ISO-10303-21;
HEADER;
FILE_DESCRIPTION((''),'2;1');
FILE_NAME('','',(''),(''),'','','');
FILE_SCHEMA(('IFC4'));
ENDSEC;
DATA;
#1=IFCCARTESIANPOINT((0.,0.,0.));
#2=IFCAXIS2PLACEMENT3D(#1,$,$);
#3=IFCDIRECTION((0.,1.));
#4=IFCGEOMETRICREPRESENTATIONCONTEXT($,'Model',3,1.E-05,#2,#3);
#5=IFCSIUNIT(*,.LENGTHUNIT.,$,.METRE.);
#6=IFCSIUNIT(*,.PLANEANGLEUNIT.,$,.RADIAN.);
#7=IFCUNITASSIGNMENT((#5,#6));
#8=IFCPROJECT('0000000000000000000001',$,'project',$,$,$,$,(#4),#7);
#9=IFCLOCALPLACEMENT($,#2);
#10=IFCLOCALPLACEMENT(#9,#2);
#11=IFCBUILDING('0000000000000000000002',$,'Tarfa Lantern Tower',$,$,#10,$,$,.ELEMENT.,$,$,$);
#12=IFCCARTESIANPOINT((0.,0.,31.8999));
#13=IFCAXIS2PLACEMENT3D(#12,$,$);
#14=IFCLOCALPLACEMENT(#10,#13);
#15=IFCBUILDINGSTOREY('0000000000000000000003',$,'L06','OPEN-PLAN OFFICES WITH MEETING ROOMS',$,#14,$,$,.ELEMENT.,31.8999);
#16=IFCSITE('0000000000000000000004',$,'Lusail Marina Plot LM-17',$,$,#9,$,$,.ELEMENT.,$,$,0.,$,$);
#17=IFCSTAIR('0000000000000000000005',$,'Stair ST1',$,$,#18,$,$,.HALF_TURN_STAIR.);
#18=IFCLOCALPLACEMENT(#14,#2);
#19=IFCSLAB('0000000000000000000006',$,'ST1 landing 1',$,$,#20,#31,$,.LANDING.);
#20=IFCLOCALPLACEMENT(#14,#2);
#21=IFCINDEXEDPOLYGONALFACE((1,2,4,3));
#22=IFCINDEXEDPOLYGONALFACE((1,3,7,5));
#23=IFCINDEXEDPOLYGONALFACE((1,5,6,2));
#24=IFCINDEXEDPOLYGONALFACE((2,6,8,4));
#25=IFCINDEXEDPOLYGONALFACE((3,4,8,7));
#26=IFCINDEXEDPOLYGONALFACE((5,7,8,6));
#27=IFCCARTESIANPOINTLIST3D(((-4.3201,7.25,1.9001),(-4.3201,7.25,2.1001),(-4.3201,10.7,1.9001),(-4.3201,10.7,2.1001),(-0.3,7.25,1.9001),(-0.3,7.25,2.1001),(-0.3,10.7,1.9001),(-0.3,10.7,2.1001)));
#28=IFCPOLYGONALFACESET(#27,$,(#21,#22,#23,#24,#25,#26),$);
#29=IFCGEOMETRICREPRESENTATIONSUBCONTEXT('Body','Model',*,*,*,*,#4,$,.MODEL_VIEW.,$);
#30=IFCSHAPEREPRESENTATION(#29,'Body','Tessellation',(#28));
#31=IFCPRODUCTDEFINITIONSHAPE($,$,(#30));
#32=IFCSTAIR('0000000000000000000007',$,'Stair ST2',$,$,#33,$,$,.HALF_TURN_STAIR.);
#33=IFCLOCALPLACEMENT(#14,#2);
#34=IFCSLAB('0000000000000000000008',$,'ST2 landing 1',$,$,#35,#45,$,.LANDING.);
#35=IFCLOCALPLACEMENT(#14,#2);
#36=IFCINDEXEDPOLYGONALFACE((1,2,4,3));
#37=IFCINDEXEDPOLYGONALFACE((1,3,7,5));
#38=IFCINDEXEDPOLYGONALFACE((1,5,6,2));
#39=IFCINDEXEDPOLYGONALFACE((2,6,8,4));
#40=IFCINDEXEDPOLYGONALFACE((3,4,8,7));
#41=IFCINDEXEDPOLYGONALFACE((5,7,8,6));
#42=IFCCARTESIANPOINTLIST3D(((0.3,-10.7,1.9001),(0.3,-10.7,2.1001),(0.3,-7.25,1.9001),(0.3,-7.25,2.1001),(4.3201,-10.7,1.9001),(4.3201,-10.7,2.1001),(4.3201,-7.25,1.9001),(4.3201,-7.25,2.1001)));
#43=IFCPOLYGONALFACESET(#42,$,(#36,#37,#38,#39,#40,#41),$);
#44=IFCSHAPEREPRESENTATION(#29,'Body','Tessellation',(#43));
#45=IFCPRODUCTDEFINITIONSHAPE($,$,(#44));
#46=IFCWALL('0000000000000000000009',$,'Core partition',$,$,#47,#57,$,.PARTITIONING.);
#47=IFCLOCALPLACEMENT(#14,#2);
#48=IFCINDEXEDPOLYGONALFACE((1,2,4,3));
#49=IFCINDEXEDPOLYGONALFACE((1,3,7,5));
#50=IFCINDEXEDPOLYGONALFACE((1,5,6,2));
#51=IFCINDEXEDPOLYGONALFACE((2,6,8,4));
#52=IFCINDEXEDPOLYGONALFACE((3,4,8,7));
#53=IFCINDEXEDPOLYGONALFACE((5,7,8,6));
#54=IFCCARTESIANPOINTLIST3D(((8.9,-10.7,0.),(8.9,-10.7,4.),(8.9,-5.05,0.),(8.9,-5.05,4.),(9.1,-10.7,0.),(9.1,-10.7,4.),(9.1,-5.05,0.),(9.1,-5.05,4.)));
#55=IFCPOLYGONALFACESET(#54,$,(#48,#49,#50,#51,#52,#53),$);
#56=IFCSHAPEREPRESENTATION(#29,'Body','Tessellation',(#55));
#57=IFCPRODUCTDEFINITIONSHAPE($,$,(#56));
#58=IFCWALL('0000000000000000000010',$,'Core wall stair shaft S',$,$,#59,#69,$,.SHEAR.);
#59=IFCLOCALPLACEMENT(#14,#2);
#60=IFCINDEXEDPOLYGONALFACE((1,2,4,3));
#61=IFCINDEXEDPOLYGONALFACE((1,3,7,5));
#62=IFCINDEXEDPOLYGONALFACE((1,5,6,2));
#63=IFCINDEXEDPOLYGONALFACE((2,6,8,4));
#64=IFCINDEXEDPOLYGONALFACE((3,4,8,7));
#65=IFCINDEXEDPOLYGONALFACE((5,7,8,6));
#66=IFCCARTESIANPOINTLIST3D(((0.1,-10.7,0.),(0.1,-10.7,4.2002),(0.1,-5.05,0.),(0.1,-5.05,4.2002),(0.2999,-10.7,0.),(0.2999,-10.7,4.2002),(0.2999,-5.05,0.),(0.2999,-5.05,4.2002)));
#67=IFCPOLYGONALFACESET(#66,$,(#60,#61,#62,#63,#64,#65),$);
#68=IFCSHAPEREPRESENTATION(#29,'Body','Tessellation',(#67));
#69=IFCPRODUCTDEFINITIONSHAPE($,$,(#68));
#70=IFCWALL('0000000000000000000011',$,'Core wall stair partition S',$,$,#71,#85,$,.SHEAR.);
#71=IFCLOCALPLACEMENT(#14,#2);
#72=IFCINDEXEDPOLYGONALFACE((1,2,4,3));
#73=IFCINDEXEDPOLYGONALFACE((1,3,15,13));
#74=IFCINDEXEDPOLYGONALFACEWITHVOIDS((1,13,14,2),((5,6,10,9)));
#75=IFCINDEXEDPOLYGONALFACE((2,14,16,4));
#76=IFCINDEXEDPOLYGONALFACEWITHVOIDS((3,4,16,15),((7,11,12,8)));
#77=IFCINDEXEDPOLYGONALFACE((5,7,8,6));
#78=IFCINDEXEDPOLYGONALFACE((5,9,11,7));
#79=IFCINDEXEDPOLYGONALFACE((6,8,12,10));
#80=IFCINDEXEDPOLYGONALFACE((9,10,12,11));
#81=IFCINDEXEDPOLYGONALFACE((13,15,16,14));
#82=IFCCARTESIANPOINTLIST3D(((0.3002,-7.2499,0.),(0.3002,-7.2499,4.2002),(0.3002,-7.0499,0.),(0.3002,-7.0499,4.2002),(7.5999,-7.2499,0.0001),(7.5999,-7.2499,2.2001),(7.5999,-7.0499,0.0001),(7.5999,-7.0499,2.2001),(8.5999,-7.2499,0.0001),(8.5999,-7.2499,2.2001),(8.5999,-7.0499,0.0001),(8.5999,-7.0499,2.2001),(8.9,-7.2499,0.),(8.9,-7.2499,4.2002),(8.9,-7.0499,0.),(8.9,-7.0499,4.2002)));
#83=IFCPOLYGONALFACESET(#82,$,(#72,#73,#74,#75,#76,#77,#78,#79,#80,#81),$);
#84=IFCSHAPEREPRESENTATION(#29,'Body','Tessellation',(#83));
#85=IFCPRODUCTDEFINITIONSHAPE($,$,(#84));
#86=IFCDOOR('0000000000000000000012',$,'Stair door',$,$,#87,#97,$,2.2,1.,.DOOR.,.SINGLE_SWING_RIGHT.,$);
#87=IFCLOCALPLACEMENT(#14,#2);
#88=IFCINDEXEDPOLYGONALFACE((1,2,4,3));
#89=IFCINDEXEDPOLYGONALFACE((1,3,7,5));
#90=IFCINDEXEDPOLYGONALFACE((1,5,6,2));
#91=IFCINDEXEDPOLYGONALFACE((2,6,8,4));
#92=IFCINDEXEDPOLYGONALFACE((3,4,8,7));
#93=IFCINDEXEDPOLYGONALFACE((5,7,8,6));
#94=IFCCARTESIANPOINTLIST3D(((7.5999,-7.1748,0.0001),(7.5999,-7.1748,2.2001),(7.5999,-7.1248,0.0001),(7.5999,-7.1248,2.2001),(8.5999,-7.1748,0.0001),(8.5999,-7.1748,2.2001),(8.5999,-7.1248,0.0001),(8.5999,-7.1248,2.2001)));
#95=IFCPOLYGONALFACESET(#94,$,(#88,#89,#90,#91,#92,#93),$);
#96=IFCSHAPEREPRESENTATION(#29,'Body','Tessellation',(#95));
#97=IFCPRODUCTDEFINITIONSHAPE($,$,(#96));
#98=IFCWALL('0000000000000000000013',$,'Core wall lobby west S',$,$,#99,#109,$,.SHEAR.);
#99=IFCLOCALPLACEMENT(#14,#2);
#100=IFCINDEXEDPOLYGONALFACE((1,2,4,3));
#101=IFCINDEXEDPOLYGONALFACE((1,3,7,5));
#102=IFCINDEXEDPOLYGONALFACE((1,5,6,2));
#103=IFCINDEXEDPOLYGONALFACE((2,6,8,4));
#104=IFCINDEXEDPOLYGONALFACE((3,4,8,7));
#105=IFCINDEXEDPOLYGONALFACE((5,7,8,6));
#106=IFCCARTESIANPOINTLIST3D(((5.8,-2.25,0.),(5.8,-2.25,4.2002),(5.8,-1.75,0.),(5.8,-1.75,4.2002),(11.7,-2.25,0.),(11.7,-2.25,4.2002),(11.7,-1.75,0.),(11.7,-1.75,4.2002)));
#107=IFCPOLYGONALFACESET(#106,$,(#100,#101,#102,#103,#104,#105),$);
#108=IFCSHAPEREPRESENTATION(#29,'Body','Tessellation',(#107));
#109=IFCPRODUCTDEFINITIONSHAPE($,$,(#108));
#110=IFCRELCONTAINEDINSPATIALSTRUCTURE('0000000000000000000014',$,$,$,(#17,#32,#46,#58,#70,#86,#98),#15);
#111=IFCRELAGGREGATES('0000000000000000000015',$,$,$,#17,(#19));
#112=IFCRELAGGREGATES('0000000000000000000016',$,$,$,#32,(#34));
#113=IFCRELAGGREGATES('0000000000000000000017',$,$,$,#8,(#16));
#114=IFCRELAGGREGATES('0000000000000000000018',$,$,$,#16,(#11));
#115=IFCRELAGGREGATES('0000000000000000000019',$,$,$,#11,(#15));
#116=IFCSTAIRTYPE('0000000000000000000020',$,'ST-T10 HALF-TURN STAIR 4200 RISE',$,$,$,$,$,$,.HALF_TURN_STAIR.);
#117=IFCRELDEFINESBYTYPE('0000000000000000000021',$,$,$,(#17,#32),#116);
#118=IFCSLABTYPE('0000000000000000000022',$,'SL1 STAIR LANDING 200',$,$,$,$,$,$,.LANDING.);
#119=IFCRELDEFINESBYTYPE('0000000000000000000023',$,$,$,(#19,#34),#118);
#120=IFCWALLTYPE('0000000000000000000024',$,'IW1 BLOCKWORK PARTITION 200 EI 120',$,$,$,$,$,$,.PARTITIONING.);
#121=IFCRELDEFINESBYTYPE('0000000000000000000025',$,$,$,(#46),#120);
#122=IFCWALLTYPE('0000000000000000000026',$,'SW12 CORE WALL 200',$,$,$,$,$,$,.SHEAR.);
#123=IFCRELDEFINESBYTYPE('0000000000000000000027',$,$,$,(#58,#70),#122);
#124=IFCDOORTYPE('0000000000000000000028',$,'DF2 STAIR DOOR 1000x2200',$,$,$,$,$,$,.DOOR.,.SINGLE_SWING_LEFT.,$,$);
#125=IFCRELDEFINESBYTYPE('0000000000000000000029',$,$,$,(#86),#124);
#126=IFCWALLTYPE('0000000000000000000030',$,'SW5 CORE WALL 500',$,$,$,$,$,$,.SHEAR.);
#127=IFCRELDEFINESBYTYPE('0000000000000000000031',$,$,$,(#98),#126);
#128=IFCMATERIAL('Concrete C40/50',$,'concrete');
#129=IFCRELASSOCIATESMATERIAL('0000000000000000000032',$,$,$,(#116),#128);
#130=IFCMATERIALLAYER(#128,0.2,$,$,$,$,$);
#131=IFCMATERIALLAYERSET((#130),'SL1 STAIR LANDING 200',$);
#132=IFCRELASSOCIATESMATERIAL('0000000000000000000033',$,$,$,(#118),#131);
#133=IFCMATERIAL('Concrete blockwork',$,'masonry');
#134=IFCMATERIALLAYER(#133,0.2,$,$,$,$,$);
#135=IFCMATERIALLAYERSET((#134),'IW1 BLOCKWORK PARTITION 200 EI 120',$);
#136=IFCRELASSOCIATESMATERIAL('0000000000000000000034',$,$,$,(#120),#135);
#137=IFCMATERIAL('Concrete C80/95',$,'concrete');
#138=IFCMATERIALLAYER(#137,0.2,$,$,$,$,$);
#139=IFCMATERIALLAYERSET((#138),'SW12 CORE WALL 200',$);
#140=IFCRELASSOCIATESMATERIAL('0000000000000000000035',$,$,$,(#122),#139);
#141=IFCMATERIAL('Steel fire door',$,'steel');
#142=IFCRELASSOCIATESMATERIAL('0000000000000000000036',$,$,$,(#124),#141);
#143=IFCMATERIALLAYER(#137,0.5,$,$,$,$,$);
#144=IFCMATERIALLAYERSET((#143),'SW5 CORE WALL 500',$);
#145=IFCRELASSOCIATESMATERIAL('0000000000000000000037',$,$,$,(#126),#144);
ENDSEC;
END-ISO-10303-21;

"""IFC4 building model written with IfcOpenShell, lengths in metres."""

from ifc_helpers import new_model, si_unit, direction, frame, frame_2d, origin, place, context, subcontext, project, spatial, polyline, rectangle, outline, extrude, material, layer, layer_set, type_object, element, fill, aggregate, save


model = new_model("IFC4")

# Units and contexts
model_context = context("Model", 3, precision=1e-05, world=origin(), true_north=direction((0.0, 1.0)))
body_context = subcontext(model_context, "Body", "Model", "MODEL_VIEW")
ifc_project = project(units=[si_unit("LENGTHUNIT", "METRE"), si_unit("PLANEANGLEUNIT", "RADIAN")], contexts=[model_context])

# Site, building, storey
site_placement = place(None, origin())
site = spatial("IfcSite", under=ifc_project, at=site_placement, Name="Lusail Marina Plot LM-17", CompositionType="ELEMENT", RefElevation=0.0)
building_placement = place(site_placement, origin())
building = spatial("IfcBuilding", under=site, at=building_placement, Name="Tarfa Lantern Tower", CompositionType="ELEMENT")
storey_placement = place(building_placement, frame((0.0, 0.0, 31.8999)))
storey = spatial("IfcBuildingStorey", under=building, at=storey_placement, Name="L06", Description="OPEN-PLAN OFFICES WITH MEETING ROOMS", CompositionType="ELEMENT", Elevation=31.8999)

# Stairs, slabs
ifc_material_1 = material(Name="Concrete C40/50", Category="concrete")
stair_type = type_object("IfcStairType", Name="ST-T10 HALF-TURN STAIR 4200 RISE", PredefinedType="HALF_TURN_STAIR", material=ifc_material_1)
stair_1_placement = place(storey_placement, origin())
stair_1 = element("IfcStair", 1, at=stair_1_placement, inside=storey, type_object=stair_type, Name="Stair ST1", PredefinedType="HALF_TURN_STAIR")
ifc_layer_1 = layer(ifc_material_1, 0.2)
ifc_layer_set_1 = layer_set([ifc_layer_1], Name="SL1 STAIR LANDING 200")
slab_type = type_object("IfcSlabType", Name="SL1 STAIR LANDING 200", PredefinedType="LANDING", material=ifc_layer_set_1)
slab_1_placement = place(storey_placement, frame((0.0, 0.0, 1.9001)))
slab_1 = element("IfcSlab", 2, at=slab_1_placement, type_object=slab_type, Name="ST1 landing 1", PredefinedType="LANDING", context=body_context, shape_type="SweptSolid", body=[
    extrude(outline(polyline([(-4.3201, 7.25), (-0.3, 7.25), (-0.3, 10.7), (-4.3201, 10.7), (-4.3201, 7.25)])), origin(), (0.0, 0.0, 1.0), 0.2),
])
aggregate(stair_1, [slab_1])
stair_2_placement = place(storey_placement, origin())
stair_2 = element("IfcStair", 3, at=stair_2_placement, inside=storey, type_object=stair_type, Name="Stair ST2", PredefinedType="HALF_TURN_STAIR")
slab_2_placement = place(storey_placement, frame((0.0, 0.0, 1.9001)))
slab_2 = element("IfcSlab", 4, at=slab_2_placement, type_object=slab_type, Name="ST2 landing 1", PredefinedType="LANDING", context=body_context, shape_type="SweptSolid", body=[
    extrude(outline(polyline([(4.3201, -7.25), (0.3, -7.25), (0.3, -10.7), (4.3201, -10.7), (4.3201, -7.25)])), origin(), (0.0, 0.0, 1.0), 0.2),
])

# Walls
ifc_material_2 = material(Name="Concrete blockwork", Category="masonry")
ifc_layer_2 = layer(ifc_material_2, 0.2)
ifc_layer_set_2 = layer_set([ifc_layer_2], Name="IW1 BLOCKWORK PARTITION 200 EI 120")
wall_type_1 = type_object("IfcWallType", Name="IW1 BLOCKWORK PARTITION 200 EI 120", PredefinedType="PARTITIONING", material=ifc_layer_set_2)
wall_1_placement = place(storey_placement, frame((9.0, -5.05, 0.0), z_axis=(0.0, 0.0, 1.0), x_axis=(0.0, -1.0, 0.0)))
element("IfcWall", 5, at=wall_1_placement, inside=storey, type_object=wall_type_1, Name="Core partition", PredefinedType="PARTITIONING", context=body_context, shape_type="SweptSolid", body=[
    extrude(rectangle(XDim=5.6499, YDim=0.2, at=frame_2d((2.825, 0.0))), origin(), (0.0, 0.0, 1.0), 4.0),
])
ifc_material_3 = material(Name="Concrete C80/95", Category="concrete")
ifc_layer_3 = layer(ifc_material_3, 0.2)
ifc_layer_set_3 = layer_set([ifc_layer_3], Name="SW12 CORE WALL 200")
wall_type_2 = type_object("IfcWallType", Name="SW12 CORE WALL 200", PredefinedType="SHEAR", material=ifc_layer_set_3)
wall_2_placement = place(storey_placement, frame((0.2, -5.05, 0.0), z_axis=(0.0, 0.0, 1.0), x_axis=(0.0, -1.0, 0.0)))
element("IfcWall", 6, at=wall_2_placement, inside=storey, type_object=wall_type_2, Name="Core wall stair shaft S", PredefinedType="SHEAR", context=body_context, shape_type="SweptSolid", body=[
    extrude(rectangle(XDim=5.6499, YDim=0.2, at=frame_2d((2.825, 0.0))), origin(), (0.0, 0.0, 1.0), 4.2002),
])

# Wall, opening, door
wall_3_placement = place(storey_placement, frame((8.8999, -7.1499, 0.0), z_axis=(0.0, 0.0, 1.0), x_axis=(-1.0, 0.0, 0.0)))
wall_3 = element("IfcWall", 7, at=wall_3_placement, inside=storey, type_object=wall_type_2, Name="Core wall stair partition S", PredefinedType="SHEAR", context=body_context, shape_type="SweptSolid", body=[
    extrude(rectangle(XDim=8.5999, YDim=0.2, at=frame_2d((4.2998, 0.0))), origin(), (0.0, 0.0, 1.0), 4.2002),
])
opening_1_placement = place(wall_3_placement, frame((0.3, 0.0, 0.0)))
opening_1 = element("IfcOpeningElement", 8, at=opening_1_placement, cuts=wall_3, PredefinedType="OPENING", context=body_context, shape_type="SweptSolid", body=[
    extrude(rectangle(XDim=1.0, YDim=2.2, at=frame_2d((0.5, 1.1001))), frame((0.0, 0.1099, 0.0), z_axis=(0.0, -1.0, 0.0), x_axis=(1.0, 0.0, 0.0)), (0.0, 0.0, 1.0), 0.22),
])
ifc_material_4 = material(Name="Steel fire door", Category="steel")
door_type_1 = type_object("IfcDoorType", Name="DF2 STAIR DOOR 1000x2200", OperationType="SINGLE_SWING_LEFT", PredefinedType="DOOR", material=ifc_material_4)
door_1_placement = place(opening_1_placement, origin())
door_1 = element("IfcDoor", 9, at=door_1_placement, inside=storey, type_object=door_type_1, Name="Stair door", OperationType="SINGLE_SWING_RIGHT", OverallHeight=2.2, OverallWidth=1.0, PredefinedType="DOOR", context=body_context, shape_type="SweptSolid", body=[
    extrude(rectangle(XDim=1.0, YDim=2.2, at=frame_2d((0.5, 1.1001))), frame((0.0, 0.0249, 0.0), z_axis=(0.0, -1.0, 0.0), x_axis=(1.0, 0.0, 0.0)), (0.0, 0.0, 1.0), 0.05),
])
fill(opening_1, door_1)

# Wall
ifc_layer_4 = layer(ifc_material_3, 0.5)
ifc_layer_set_4 = layer_set([ifc_layer_4], Name="SW5 CORE WALL 500")
wall_type_3 = type_object("IfcWallType", Name="SW5 CORE WALL 500", PredefinedType="SHEAR", material=ifc_layer_set_4)
wall_4_placement = place(storey_placement, frame((11.7, -2.0, 0.0), z_axis=(0.0, 0.0, 1.0), x_axis=(-1.0, 0.0, 0.0)))
element("IfcWall", 10, at=wall_4_placement, inside=storey, type_object=wall_type_3, Name="Core wall lobby west S", PredefinedType="SHEAR", context=body_context, shape_type="SweptSolid", body=[
    extrude(rectangle(XDim=5.8999, YDim=0.5, at=frame_2d((2.95, 0.0))), origin(), (0.0, 0.0, 1.0), 4.2002),
])

aggregate(stair_2, [slab_2])

save(model, "model.ifc")
